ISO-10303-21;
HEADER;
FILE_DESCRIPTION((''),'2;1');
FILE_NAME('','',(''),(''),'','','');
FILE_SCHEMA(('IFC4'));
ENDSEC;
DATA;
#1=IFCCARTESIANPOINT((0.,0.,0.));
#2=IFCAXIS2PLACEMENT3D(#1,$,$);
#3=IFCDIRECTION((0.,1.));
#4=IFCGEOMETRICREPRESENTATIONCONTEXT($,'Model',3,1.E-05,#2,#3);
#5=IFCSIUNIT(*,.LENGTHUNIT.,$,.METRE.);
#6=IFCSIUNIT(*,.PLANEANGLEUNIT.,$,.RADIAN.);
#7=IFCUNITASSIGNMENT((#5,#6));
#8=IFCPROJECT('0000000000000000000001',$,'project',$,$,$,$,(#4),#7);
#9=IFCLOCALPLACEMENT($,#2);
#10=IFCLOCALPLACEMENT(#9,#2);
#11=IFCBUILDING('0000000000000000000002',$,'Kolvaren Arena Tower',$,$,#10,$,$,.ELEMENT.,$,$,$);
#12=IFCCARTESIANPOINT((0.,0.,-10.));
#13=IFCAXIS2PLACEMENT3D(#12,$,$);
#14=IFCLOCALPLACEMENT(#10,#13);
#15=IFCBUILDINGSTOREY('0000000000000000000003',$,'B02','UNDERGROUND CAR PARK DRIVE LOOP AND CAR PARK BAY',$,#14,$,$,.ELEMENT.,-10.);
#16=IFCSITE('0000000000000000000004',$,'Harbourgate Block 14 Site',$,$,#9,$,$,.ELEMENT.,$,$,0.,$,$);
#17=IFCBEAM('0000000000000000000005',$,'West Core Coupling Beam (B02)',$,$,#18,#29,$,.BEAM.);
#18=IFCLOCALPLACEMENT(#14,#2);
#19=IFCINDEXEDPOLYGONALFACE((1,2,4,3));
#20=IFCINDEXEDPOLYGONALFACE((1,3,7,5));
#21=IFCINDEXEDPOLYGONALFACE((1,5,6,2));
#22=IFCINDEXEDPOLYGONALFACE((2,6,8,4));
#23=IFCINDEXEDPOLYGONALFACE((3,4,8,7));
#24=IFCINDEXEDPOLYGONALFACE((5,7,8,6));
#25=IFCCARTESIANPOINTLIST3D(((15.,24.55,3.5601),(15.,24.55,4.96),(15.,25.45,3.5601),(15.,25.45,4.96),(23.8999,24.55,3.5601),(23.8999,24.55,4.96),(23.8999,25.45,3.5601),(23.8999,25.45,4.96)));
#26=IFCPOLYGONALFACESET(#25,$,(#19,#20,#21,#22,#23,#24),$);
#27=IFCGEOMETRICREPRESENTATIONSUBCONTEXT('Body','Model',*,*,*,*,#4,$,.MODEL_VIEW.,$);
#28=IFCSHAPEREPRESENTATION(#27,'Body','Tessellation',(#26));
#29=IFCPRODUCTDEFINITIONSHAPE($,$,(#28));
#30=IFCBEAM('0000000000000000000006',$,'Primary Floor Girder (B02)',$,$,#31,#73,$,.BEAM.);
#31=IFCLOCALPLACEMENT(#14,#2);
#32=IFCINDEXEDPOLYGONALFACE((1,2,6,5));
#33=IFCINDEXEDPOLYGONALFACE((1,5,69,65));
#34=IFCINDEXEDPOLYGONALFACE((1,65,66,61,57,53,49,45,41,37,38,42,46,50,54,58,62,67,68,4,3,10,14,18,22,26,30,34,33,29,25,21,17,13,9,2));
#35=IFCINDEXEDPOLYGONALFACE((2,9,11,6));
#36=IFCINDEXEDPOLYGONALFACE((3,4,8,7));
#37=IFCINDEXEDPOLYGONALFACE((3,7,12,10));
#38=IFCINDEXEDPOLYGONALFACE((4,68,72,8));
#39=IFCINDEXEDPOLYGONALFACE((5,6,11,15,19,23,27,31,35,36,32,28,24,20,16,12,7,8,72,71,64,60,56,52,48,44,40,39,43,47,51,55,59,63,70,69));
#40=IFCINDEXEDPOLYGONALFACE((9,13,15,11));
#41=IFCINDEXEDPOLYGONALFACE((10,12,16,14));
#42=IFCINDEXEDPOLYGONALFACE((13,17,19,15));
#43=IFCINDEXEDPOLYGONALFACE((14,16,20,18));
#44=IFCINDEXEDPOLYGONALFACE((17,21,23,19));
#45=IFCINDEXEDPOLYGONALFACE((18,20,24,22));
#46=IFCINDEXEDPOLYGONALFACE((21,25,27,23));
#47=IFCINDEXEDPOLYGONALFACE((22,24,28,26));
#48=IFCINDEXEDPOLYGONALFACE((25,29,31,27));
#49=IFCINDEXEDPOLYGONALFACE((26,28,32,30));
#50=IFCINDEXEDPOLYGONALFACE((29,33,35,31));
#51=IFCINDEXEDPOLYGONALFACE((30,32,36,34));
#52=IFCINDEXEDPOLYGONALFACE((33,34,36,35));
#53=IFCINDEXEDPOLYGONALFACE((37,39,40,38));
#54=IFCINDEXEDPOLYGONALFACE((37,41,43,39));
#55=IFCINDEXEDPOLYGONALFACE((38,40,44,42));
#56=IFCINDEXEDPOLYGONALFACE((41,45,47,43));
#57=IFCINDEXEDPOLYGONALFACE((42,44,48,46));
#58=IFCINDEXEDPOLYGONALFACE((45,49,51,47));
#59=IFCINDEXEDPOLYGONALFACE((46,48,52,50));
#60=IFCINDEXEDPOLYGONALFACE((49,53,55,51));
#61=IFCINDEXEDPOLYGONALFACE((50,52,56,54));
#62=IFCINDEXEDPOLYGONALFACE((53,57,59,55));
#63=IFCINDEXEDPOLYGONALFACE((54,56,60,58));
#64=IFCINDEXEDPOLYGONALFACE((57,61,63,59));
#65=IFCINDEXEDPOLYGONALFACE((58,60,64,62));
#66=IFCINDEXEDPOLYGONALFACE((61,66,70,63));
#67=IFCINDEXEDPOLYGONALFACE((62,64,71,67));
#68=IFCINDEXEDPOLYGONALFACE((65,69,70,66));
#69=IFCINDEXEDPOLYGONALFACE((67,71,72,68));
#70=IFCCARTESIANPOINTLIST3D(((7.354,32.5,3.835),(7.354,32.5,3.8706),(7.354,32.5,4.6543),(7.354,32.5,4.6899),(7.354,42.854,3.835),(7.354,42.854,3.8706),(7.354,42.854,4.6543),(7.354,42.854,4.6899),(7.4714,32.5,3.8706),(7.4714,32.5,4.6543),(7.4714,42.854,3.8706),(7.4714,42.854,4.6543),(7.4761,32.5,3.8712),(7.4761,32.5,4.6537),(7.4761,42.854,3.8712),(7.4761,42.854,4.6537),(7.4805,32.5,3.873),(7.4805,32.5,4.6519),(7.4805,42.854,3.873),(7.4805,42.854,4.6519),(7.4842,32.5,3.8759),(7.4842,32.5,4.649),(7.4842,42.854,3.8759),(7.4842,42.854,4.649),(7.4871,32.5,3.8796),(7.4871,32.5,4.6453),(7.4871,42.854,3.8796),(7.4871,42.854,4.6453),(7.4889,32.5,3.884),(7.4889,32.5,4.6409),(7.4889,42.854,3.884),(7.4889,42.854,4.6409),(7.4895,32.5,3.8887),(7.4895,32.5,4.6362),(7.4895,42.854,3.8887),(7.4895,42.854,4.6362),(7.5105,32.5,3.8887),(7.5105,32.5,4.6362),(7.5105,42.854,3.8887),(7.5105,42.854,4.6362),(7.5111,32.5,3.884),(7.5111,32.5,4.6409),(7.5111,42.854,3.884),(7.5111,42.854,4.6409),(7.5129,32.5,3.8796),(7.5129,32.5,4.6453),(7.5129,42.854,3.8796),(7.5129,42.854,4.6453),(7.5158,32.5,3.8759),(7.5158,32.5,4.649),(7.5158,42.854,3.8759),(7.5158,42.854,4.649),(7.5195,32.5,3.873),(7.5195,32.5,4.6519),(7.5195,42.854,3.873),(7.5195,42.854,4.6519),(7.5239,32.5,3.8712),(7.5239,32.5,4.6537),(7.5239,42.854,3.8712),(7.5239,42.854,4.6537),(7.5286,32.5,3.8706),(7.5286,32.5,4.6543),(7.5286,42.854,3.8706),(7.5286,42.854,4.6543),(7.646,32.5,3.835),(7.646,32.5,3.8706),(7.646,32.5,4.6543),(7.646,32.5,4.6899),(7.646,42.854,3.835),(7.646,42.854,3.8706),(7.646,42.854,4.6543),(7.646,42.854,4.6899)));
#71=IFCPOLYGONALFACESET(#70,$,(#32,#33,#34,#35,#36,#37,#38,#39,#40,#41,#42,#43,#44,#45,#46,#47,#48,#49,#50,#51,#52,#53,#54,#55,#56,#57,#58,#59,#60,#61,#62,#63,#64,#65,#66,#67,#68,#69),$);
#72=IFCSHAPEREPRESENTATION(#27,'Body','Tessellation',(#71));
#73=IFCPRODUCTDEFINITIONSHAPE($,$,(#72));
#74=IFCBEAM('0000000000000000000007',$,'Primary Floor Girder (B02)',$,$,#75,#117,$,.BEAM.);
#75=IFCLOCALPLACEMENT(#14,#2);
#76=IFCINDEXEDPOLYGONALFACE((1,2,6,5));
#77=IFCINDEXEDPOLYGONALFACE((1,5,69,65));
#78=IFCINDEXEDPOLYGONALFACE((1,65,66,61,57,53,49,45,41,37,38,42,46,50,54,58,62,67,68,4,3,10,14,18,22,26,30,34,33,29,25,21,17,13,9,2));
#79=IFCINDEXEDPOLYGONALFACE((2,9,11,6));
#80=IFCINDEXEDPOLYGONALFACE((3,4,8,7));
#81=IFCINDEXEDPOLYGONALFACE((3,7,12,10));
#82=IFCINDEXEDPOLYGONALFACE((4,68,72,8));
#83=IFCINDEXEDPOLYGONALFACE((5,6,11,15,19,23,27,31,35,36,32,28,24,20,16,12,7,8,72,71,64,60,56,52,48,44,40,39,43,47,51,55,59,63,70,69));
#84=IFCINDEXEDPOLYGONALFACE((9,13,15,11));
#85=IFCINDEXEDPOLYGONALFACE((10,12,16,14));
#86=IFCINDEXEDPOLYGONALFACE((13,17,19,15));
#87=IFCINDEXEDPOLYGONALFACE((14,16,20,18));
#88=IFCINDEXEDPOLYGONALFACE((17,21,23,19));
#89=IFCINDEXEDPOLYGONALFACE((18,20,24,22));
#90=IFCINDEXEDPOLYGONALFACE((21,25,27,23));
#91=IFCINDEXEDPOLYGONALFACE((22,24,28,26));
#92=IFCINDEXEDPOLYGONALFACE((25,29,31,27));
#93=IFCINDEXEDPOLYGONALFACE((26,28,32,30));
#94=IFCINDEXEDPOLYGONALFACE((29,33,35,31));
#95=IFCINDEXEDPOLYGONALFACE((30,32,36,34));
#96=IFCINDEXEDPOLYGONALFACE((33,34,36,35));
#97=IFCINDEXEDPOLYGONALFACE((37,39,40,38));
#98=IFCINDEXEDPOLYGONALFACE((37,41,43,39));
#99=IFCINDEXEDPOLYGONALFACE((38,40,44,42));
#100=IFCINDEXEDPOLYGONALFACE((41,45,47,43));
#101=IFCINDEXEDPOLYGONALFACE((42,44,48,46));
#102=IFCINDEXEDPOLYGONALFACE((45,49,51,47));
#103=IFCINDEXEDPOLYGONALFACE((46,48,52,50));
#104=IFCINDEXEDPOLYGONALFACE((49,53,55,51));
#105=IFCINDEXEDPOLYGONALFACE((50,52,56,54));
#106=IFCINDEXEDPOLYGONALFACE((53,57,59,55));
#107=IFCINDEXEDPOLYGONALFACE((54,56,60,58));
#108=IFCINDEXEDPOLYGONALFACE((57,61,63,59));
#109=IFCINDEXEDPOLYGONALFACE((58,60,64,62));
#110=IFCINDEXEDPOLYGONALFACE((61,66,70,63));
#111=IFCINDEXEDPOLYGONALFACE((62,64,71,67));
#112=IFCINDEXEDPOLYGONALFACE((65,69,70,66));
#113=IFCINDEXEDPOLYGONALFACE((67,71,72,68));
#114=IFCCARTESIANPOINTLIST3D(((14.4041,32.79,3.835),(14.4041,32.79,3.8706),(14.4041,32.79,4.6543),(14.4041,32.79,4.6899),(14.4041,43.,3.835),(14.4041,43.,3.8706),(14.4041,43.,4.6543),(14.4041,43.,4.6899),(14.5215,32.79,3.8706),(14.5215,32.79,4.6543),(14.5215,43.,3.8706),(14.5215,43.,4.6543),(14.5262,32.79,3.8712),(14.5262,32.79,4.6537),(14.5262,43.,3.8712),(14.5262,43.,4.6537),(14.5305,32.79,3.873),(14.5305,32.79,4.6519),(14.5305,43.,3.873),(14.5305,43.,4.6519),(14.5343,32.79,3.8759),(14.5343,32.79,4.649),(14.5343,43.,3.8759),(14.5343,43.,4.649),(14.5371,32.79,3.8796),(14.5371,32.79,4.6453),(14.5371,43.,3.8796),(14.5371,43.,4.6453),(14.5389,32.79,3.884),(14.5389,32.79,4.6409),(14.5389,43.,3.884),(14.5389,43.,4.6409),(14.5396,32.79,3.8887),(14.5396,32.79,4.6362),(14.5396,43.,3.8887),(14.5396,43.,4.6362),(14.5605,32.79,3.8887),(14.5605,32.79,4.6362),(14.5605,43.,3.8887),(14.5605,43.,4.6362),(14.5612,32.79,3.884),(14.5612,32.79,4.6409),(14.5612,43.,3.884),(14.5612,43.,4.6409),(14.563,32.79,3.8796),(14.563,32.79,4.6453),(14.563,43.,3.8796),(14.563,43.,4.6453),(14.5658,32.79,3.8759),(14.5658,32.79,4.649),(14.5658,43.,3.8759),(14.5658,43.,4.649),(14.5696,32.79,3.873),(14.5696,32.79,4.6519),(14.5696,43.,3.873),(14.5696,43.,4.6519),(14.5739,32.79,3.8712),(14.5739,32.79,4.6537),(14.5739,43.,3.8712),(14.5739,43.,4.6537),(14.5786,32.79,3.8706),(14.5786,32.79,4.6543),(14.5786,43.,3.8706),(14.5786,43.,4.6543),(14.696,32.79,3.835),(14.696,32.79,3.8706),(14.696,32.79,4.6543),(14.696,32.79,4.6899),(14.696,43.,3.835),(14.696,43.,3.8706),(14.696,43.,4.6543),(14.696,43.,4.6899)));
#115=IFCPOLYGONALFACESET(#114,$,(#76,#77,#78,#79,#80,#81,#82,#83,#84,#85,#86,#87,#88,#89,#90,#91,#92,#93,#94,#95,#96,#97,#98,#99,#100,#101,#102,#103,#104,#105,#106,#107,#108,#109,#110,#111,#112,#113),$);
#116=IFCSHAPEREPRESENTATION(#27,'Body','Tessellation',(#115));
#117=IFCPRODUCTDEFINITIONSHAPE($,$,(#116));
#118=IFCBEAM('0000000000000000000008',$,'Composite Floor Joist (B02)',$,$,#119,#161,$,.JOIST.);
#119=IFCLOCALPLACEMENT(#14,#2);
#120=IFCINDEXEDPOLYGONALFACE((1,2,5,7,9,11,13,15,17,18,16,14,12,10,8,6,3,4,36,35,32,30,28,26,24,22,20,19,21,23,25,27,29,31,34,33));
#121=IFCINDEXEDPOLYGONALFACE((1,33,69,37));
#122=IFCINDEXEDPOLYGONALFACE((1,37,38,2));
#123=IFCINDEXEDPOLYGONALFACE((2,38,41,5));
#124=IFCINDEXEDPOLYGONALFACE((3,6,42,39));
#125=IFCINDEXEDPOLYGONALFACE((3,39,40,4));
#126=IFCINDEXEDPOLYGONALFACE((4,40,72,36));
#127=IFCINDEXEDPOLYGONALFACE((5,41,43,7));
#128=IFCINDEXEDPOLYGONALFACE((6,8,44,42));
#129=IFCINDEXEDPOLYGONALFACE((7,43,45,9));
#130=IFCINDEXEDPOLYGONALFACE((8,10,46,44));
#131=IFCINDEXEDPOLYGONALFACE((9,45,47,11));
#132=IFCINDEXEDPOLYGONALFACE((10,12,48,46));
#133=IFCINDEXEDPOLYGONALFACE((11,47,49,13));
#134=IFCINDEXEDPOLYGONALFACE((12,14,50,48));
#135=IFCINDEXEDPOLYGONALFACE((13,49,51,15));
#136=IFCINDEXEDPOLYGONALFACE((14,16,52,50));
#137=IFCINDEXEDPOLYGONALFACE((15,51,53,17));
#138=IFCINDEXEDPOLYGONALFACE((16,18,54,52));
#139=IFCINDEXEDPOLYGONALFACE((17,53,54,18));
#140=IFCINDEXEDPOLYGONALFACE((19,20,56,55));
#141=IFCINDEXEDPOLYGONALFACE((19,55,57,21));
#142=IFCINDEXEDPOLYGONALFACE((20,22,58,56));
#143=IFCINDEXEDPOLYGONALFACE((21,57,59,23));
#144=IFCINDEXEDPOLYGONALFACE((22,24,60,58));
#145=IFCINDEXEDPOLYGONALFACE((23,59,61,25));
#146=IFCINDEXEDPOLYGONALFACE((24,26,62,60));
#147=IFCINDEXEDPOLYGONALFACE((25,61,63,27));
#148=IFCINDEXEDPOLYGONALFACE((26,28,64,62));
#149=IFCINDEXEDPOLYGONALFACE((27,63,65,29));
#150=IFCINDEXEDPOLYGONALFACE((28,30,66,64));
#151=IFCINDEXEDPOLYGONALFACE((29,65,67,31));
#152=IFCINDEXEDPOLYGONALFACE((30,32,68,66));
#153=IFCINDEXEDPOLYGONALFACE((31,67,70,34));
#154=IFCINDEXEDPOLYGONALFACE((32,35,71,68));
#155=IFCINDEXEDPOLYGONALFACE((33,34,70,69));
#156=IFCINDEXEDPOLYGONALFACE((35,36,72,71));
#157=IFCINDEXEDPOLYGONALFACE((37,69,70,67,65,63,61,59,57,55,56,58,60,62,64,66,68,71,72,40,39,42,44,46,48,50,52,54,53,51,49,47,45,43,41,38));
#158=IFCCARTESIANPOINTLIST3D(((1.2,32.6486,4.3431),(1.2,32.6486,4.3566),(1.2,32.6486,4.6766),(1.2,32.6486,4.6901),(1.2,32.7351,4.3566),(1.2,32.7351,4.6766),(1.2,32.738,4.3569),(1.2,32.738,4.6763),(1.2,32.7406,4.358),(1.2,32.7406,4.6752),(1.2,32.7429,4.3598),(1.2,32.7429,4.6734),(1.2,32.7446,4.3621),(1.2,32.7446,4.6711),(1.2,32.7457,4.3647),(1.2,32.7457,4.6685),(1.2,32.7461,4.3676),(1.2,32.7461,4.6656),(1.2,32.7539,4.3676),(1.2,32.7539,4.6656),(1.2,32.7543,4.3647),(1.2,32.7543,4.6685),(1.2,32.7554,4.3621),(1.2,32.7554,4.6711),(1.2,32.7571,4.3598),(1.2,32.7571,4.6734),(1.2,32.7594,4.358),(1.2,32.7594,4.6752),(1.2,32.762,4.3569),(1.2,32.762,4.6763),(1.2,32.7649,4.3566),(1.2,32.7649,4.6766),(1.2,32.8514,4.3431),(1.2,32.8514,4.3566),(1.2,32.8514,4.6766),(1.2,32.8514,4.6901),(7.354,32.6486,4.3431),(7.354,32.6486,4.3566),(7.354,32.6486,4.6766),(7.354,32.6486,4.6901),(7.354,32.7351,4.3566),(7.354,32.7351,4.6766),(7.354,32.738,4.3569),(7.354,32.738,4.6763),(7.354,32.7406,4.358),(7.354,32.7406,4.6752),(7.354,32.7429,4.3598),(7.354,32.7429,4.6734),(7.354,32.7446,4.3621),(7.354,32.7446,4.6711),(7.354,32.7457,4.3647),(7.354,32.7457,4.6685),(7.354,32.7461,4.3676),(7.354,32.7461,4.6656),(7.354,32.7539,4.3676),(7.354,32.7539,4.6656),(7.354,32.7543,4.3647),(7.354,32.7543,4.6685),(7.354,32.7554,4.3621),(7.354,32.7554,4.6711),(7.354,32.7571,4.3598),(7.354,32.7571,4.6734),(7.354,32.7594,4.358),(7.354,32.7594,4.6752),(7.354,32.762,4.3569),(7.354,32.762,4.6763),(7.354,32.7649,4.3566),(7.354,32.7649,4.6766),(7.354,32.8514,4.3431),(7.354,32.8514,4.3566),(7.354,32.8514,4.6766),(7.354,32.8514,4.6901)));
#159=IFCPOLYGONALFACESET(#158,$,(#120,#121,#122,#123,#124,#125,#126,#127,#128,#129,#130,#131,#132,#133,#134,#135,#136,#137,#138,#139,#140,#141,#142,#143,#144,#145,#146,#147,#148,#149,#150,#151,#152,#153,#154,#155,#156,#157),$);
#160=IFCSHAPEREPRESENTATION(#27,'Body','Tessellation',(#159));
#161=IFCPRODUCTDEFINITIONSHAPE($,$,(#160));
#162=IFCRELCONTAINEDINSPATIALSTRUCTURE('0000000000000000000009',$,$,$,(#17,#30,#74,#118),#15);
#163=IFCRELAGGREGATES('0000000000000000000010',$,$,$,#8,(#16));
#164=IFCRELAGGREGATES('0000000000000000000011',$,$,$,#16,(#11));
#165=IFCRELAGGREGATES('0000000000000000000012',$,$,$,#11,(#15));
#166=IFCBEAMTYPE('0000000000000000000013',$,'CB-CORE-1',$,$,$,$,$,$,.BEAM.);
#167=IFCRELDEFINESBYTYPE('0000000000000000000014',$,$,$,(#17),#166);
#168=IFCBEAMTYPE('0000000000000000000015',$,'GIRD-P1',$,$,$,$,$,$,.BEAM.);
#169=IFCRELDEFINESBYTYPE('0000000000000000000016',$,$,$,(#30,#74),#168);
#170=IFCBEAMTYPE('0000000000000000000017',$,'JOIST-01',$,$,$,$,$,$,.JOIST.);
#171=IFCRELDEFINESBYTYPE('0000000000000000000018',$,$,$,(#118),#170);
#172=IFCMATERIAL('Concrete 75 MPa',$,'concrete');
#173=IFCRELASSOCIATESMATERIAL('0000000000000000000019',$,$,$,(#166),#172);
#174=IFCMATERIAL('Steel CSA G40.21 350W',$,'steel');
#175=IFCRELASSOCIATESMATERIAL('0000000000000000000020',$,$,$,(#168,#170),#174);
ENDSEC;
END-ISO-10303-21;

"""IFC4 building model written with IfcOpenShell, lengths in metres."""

from ifc_helpers import new_model, si_unit, direction, frame, origin, origin_2d, place, context, subcontext, project, spatial, rectangle, i_section, extrude, material, material_profile, profile_set, type_object, element, save


model = new_model("IFC4")

# Units and contexts
model_context = context("Model", 3, precision=1e-05, world=origin(), true_north=direction((0.0, 1.0)))
body_context = subcontext(model_context, "Body", "Model", "MODEL_VIEW")
ifc_project = project(units=[si_unit("LENGTHUNIT", "METRE"), si_unit("PLANEANGLEUNIT", "RADIAN")], contexts=[model_context])

# Site, building, storey
site_placement = place(None, origin())
site = spatial("IfcSite", under=ifc_project, at=site_placement, Name="Harbourgate Block 14 Site", CompositionType="ELEMENT", RefElevation=0.0)
building_placement = place(site_placement, origin())
building = spatial("IfcBuilding", under=site, at=building_placement, Name="Kolvaren Arena Tower", CompositionType="ELEMENT")
storey_placement = place(building_placement, frame((0.0, 0.0, -10.0)))
storey = spatial("IfcBuildingStorey", under=building, at=storey_placement, Name="B02", Description="UNDERGROUND CAR PARK DRIVE LOOP AND CAR PARK BAY", CompositionType="ELEMENT", Elevation=-10.0)

# Beams
ifc_material_1 = material(Name="Concrete 75 MPa", Category="concrete")
ifc_material_profile_1 = material_profile(ifc_material_1, rectangle(XDim=0.8999, YDim=1.3999, at=origin_2d()), Name="RC-900x1400")
ifc_profile_set_1 = profile_set([ifc_material_profile_1], Name="Concrete 75 MPa")
beam_type_1 = type_object("IfcBeamType", Name="CB-CORE-1", PredefinedType="BEAM", material=ifc_profile_set_1)
beam_1_placement = place(storey_placement, frame((15.0, 25.0, 4.26), z_axis=(1.0, 0.0, 0.0), x_axis=(0.0, 1.0, 0.0)))
element("IfcBeam", 1, at=beam_1_placement, inside=storey, type_object=beam_type_1, Name="West Core Coupling Beam (B02)", PredefinedType="BEAM", context=body_context, shape_type="SweptSolid", body=[
    extrude(rectangle(XDim=0.8999, YDim=1.3999, at=origin_2d()), origin(), (0.0, 0.0, 1.0), 8.8999),
])
ifc_material_2 = material(Name="Steel CSA G40.21 350W", Category="steel")
ifc_material_profile_2 = material_profile(ifc_material_2, i_section(OverallWidth=0.292, OverallDepth=0.855, WebThickness=0.021, FlangeThickness=0.0356, FilletRadius=0.0181, at=origin_2d()), Name="W840x299")
ifc_profile_set_2 = profile_set([ifc_material_profile_2], Name="Steel CSA G40.21 350W")
beam_type_2 = type_object("IfcBeamType", Name="GIRD-P1", PredefinedType="BEAM", material=ifc_profile_set_2)
beam_2_placement = place(storey_placement, frame((7.5, 32.5, 4.2625), z_axis=(0.0, 1.0, 0.0), x_axis=(-1.0, 0.0, 0.0)))
element("IfcBeam", 2, at=beam_2_placement, inside=storey, type_object=beam_type_2, Name="Primary Floor Girder (B02)", PredefinedType="BEAM", context=body_context, shape_type="SweptSolid", body=[
    extrude(i_section(OverallWidth=0.292, OverallDepth=0.855, WebThickness=0.021, FlangeThickness=0.0356, FilletRadius=0.0181, at=origin_2d()), origin(), (0.0, 0.0, 1.0), 10.354),
])
beam_3_placement = place(storey_placement, frame((14.55, 32.79, 4.2625), z_axis=(0.0, 1.0, 0.0), x_axis=(-1.0, 0.0, 0.0)))
element("IfcBeam", 3, at=beam_3_placement, inside=storey, type_object=beam_type_2, Name="Primary Floor Girder (B02)", PredefinedType="BEAM", context=body_context, shape_type="SweptSolid", body=[
    extrude(i_section(OverallWidth=0.292, OverallDepth=0.855, WebThickness=0.021, FlangeThickness=0.0356, FilletRadius=0.0181, at=origin_2d()), origin(), (0.0, 0.0, 1.0), 10.21),
])
ifc_material_profile_3 = material_profile(ifc_material_2, i_section(OverallWidth=0.2029, OverallDepth=0.3469, WebThickness=0.0078, FlangeThickness=0.0134, FilletRadius=0.011, at=origin_2d()), Name="W360x64")
ifc_profile_set_3 = profile_set([ifc_material_profile_3], Name="Steel CSA G40.21 350W")
beam_type_3 = type_object("IfcBeamType", Name="JOIST-01", PredefinedType="JOIST", material=ifc_profile_set_3)
beam_4_placement = place(storey_placement, frame((1.2, 32.75, 4.5166), z_axis=(1.0, 0.0, 0.0), x_axis=(0.0, 1.0, 0.0)))
element("IfcBeam", 4, at=beam_4_placement, inside=storey, type_object=beam_type_3, Name="Composite Floor Joist (B02)", PredefinedType="JOIST", context=body_context, shape_type="SweptSolid", body=[
    extrude(i_section(OverallWidth=0.2029, OverallDepth=0.3469, WebThickness=0.0078, FlangeThickness=0.0134, FilletRadius=0.011, at=origin_2d()), origin(), (0.0, 0.0, 1.0), 6.1541),
])

save(model, "model.ifc")
